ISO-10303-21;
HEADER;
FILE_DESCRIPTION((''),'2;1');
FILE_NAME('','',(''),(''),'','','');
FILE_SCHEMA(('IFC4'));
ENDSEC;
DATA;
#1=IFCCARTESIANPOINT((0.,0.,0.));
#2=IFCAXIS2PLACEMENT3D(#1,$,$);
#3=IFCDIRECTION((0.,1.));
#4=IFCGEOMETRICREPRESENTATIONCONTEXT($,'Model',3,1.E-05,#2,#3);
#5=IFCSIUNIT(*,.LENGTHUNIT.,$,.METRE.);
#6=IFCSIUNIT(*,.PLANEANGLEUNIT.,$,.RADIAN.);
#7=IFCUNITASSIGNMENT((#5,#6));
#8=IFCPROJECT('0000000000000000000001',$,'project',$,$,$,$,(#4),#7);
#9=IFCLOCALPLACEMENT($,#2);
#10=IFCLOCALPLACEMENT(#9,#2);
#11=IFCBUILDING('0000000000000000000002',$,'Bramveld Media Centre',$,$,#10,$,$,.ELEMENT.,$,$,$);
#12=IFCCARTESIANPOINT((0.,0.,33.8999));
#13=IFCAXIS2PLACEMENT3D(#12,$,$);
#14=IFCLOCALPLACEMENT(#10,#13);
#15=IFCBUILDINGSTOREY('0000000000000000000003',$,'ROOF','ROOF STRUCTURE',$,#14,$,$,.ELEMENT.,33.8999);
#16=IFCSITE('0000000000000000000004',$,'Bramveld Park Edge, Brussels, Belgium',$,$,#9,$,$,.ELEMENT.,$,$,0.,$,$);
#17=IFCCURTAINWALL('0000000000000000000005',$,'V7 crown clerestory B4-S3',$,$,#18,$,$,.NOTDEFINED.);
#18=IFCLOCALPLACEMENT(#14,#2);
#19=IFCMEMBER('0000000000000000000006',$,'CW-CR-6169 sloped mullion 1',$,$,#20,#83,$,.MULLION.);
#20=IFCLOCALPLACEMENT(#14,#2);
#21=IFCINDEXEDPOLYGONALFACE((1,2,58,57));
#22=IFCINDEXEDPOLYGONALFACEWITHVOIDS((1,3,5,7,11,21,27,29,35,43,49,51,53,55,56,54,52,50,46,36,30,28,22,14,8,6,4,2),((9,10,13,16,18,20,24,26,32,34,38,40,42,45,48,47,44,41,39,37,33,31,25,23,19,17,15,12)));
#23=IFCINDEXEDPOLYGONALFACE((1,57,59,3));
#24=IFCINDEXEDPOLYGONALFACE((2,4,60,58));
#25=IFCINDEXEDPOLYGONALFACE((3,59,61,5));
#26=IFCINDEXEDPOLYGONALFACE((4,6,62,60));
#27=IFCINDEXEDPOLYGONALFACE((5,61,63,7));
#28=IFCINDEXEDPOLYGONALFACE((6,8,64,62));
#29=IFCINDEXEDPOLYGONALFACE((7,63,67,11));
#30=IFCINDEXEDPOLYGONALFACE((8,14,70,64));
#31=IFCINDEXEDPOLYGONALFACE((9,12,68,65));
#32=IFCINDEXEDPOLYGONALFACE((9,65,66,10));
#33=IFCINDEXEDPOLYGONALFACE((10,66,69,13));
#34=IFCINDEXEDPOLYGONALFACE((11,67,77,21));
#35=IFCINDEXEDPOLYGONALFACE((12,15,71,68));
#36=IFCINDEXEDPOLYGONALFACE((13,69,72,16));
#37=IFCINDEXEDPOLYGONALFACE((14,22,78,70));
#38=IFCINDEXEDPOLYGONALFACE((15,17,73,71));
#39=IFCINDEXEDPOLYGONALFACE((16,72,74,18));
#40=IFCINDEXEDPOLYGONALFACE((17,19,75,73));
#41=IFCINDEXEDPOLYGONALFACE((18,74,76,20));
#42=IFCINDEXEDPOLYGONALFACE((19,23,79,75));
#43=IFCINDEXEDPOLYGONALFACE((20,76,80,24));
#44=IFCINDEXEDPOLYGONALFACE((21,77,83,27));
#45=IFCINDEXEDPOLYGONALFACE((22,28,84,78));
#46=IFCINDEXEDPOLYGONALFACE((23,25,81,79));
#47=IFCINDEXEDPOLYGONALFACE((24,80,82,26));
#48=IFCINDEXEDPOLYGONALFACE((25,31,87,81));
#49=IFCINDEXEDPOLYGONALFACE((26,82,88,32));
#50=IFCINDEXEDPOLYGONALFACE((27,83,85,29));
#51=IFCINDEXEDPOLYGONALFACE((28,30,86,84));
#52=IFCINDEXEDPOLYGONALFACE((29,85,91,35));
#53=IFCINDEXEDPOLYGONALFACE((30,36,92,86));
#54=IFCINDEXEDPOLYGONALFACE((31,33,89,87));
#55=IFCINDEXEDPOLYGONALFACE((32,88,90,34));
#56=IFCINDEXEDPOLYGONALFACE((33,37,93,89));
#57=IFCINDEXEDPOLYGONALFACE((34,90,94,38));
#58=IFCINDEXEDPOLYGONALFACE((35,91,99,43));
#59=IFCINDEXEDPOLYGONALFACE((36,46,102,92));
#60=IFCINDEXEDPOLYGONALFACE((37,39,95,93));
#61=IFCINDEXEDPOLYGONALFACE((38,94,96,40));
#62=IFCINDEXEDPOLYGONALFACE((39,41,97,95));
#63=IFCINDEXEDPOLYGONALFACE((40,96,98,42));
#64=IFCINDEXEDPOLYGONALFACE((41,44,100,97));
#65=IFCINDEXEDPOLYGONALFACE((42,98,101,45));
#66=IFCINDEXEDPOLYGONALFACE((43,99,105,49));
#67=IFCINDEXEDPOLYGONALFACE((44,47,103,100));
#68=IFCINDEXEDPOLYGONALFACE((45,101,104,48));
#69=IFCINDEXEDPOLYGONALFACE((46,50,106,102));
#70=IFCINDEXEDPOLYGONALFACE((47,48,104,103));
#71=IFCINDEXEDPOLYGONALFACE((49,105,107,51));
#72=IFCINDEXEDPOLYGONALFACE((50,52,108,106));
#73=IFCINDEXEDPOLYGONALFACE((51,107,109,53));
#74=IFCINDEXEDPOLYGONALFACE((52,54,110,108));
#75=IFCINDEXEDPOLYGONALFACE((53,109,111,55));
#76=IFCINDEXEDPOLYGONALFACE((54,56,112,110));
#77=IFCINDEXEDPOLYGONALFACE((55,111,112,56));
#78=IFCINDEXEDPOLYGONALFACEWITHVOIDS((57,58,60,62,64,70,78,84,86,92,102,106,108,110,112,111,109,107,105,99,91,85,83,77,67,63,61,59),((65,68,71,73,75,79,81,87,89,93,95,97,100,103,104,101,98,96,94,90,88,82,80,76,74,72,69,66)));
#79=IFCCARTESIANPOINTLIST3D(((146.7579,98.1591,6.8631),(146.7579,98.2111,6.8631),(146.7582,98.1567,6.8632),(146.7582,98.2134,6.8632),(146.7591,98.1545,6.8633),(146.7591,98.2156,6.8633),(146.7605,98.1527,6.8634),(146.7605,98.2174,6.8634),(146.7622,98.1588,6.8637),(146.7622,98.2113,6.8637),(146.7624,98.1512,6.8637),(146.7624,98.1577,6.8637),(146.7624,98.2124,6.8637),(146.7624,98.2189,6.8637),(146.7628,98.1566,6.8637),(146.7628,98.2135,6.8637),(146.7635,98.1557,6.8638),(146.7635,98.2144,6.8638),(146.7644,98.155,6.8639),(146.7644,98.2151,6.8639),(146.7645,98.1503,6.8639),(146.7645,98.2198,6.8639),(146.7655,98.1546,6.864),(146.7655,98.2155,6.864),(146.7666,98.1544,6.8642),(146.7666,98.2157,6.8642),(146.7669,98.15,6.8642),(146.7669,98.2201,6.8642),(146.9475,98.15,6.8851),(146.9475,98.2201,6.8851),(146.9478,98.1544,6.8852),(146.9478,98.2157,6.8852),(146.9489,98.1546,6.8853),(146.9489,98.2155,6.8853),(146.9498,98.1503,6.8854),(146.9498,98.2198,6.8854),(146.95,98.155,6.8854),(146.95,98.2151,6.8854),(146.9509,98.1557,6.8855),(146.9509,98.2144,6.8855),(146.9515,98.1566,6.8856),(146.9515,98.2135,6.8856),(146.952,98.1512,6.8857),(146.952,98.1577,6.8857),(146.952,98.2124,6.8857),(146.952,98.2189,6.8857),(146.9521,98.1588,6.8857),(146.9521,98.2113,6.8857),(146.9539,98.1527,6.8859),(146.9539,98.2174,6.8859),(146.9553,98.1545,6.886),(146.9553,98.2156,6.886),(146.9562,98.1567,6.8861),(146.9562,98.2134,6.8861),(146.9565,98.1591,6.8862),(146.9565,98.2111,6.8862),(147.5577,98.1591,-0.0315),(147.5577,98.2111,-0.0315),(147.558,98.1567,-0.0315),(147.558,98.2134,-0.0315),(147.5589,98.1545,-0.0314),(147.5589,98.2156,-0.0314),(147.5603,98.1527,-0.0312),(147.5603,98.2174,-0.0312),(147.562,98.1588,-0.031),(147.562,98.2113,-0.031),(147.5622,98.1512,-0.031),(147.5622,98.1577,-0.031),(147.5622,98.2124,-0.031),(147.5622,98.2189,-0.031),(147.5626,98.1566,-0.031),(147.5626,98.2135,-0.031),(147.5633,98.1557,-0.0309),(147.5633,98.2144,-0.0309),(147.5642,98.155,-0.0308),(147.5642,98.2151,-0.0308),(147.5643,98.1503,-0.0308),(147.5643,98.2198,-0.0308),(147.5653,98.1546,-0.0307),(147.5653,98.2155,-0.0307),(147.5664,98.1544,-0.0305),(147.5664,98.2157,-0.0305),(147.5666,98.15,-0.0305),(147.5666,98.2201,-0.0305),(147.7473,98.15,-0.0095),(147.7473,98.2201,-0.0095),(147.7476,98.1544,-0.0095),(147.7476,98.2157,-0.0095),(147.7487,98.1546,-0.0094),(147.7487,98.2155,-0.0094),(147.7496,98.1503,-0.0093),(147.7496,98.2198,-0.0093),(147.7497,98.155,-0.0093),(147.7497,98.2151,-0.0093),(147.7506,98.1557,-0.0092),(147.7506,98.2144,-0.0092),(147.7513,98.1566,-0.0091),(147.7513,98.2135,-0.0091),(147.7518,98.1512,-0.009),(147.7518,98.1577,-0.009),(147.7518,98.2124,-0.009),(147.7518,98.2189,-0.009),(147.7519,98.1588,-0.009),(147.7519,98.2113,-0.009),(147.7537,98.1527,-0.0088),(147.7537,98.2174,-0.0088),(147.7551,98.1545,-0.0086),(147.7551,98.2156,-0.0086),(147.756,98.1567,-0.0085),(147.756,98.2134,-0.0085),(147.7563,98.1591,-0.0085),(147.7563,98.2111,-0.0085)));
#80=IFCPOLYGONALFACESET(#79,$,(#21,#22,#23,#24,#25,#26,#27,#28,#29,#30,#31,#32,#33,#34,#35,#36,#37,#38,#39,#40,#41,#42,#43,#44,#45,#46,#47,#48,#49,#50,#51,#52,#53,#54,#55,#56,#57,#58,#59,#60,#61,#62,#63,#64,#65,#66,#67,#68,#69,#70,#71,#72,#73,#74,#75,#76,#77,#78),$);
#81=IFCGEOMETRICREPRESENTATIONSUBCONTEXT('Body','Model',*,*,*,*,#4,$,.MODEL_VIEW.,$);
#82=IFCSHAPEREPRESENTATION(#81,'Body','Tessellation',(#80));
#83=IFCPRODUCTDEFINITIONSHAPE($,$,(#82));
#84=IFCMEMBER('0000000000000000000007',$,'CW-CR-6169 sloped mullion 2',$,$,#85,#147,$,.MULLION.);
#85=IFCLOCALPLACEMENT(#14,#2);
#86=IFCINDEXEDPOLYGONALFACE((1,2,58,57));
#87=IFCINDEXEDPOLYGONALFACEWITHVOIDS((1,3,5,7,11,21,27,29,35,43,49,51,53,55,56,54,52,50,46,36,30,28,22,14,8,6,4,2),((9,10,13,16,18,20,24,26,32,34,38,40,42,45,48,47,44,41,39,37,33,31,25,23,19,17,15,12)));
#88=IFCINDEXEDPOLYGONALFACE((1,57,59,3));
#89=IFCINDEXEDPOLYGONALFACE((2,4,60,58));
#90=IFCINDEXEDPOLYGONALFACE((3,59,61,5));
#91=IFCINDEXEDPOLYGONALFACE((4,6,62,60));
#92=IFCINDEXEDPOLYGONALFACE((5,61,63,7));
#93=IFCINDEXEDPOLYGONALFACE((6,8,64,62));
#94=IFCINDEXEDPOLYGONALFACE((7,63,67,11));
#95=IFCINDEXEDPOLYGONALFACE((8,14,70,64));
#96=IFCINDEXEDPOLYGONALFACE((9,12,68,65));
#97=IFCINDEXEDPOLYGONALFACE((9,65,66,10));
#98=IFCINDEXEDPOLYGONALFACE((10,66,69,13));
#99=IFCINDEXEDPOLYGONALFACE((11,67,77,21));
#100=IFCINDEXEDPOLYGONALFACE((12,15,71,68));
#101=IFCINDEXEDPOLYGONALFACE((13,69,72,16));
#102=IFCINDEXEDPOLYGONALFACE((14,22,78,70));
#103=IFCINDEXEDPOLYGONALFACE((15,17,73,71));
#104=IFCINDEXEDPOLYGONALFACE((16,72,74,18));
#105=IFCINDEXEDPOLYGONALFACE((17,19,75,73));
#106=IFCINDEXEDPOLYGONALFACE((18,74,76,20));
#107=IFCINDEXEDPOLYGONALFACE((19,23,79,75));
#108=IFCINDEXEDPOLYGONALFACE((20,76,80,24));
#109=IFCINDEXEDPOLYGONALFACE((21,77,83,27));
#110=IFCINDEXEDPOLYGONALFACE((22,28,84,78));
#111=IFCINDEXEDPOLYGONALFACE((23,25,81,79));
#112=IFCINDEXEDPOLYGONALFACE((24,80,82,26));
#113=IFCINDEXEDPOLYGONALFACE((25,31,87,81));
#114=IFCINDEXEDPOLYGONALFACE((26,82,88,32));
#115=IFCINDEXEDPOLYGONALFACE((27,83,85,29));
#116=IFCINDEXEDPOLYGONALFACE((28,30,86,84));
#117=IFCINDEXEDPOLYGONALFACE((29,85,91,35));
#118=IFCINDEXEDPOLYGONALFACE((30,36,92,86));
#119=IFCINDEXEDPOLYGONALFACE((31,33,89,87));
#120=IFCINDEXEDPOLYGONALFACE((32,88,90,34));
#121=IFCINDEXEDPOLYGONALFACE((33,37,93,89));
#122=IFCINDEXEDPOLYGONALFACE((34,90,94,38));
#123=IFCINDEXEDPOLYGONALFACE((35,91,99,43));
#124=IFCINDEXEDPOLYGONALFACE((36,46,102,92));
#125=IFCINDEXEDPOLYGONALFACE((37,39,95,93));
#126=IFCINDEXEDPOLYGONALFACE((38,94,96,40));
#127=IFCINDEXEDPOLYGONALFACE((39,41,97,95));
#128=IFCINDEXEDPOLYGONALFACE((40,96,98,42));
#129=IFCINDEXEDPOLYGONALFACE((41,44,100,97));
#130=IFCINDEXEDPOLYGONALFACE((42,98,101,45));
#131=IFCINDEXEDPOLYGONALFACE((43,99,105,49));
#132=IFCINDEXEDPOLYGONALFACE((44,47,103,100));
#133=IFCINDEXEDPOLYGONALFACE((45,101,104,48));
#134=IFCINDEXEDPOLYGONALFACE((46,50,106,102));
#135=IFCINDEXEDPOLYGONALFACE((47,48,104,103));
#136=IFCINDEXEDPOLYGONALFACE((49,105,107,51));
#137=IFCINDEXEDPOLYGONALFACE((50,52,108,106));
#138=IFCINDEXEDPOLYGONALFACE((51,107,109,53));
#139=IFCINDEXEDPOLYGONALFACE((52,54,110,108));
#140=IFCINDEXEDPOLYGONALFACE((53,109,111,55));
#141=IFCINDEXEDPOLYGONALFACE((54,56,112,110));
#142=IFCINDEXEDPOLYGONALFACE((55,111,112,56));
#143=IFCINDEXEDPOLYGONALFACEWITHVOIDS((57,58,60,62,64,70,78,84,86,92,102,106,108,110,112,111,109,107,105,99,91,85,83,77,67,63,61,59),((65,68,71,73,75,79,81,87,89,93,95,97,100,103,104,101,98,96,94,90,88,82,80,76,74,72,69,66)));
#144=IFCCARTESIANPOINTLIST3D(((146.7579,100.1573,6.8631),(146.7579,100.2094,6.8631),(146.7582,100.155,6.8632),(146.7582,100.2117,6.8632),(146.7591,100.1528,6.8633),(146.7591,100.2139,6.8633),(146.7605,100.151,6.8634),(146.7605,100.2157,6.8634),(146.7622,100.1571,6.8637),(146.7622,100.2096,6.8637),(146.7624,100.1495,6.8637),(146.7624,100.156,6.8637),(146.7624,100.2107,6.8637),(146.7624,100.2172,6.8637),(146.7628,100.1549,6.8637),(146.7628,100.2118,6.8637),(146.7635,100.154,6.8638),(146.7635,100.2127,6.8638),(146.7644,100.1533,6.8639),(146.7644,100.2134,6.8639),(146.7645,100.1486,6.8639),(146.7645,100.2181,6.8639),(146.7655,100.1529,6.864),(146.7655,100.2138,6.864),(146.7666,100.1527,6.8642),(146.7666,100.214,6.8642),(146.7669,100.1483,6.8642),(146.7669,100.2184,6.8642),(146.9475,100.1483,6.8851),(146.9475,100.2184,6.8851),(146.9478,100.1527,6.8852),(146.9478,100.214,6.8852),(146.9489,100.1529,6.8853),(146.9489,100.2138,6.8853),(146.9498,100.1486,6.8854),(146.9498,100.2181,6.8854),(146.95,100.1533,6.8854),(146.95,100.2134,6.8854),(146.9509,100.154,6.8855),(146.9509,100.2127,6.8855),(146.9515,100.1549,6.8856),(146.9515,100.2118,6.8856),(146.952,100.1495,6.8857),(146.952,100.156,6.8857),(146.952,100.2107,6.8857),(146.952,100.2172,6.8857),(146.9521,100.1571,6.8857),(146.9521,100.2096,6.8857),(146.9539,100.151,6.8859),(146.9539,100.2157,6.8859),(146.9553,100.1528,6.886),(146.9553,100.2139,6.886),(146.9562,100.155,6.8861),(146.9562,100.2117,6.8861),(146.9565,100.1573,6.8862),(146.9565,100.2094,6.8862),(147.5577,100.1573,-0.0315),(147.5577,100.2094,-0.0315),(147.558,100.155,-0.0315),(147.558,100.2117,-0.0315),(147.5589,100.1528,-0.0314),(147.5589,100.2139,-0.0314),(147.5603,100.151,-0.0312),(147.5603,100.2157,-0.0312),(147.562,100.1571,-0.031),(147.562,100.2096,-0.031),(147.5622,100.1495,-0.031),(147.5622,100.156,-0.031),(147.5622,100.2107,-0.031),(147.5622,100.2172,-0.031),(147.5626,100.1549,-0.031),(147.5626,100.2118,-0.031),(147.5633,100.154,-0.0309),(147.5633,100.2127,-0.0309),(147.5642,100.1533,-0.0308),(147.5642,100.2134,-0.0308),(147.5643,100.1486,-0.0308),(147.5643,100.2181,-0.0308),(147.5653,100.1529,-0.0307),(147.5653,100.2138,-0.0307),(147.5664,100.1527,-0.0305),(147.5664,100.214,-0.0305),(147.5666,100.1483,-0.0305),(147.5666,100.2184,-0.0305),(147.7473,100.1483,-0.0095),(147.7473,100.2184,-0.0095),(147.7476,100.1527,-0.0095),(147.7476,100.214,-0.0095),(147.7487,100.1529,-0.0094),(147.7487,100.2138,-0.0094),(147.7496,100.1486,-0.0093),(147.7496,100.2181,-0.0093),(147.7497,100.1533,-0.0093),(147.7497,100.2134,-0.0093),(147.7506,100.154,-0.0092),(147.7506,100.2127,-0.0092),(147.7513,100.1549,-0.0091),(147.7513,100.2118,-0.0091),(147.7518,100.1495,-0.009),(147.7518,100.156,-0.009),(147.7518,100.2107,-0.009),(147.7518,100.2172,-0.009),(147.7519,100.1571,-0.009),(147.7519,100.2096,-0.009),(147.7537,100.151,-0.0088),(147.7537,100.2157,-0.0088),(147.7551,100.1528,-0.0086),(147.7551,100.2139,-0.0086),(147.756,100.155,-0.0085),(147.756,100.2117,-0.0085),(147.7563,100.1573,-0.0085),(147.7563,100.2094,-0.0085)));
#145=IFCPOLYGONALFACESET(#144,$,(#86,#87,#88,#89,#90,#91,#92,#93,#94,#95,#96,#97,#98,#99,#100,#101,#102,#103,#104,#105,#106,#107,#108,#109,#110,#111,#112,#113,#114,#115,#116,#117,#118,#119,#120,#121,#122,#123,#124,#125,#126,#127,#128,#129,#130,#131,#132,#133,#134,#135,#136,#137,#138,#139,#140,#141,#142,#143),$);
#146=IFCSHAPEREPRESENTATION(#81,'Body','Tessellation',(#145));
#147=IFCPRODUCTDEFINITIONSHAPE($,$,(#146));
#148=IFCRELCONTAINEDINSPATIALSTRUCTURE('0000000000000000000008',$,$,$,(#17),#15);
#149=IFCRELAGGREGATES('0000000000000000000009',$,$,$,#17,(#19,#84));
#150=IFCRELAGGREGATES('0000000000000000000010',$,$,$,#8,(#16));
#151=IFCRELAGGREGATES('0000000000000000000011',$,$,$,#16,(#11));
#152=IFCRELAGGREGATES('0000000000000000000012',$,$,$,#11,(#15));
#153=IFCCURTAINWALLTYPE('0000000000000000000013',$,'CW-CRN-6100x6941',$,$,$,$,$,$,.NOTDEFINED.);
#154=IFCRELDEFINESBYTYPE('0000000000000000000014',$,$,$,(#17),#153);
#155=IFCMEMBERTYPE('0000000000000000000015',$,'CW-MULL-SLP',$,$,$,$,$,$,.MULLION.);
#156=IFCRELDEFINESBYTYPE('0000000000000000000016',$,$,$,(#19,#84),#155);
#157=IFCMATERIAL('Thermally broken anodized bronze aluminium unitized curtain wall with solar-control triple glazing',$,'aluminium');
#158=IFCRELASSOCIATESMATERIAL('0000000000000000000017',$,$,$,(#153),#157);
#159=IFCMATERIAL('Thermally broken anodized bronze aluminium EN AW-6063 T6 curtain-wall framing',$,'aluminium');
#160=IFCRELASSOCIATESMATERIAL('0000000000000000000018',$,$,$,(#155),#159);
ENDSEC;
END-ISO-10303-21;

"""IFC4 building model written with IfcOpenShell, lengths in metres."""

from ifc_helpers import new_model, si_unit, direction, frame, origin, origin_2d, place, context, subcontext, project, spatial, hollow_rectangle, extrude, material, material_profile, profile_set, type_object, element, aggregate, save


model = new_model("IFC4")

# Units and contexts
model_context = context("Model", 3, precision=1e-05, world=origin(), true_north=direction((0.0, 1.0)))
body_context = subcontext(model_context, "Body", "Model", "MODEL_VIEW")
ifc_project = project(units=[si_unit("LENGTHUNIT", "METRE"), si_unit("PLANEANGLEUNIT", "RADIAN")], contexts=[model_context])

# Site, building, storey
site_placement = place(None, origin())
site = spatial("IfcSite", under=ifc_project, at=site_placement, Name="Bramveld Park Edge, Brussels, Belgium", CompositionType="ELEMENT", RefElevation=0.0)
building_placement = place(site_placement, origin())
building = spatial("IfcBuilding", under=site, at=building_placement, Name="Bramveld Media Centre", CompositionType="ELEMENT")
storey_placement = place(building_placement, frame((0.0, 0.0, 33.8999)))
storey = spatial("IfcBuildingStorey", under=building, at=storey_placement, Name="ROOF", Description="ROOF STRUCTURE", CompositionType="ELEMENT", Elevation=33.8999)

# Curtain wall, members
ifc_material_1 = material(Name="Thermally broken anodized bronze aluminium unitized curtain wall with solar-control triple glazing", Category="aluminium")
curtain_wall_type = type_object("IfcCurtainWallType", Name="CW-CRN-6100x6941", PredefinedType="NOTDEFINED", material=ifc_material_1)
curtain_wall_1_placement = place(storey_placement, origin())
curtain_wall_1 = element("IfcCurtainWall", 1, at=curtain_wall_1_placement, inside=storey, type_object=curtain_wall_type, Name="V7 crown clerestory B4-S3", PredefinedType="NOTDEFINED")
ifc_material_2 = material(Name="Thermally broken anodized bronze aluminium EN AW-6063 T6 curtain-wall framing", Category="aluminium")
ifc_material_profile_1 = material_profile(ifc_material_2, hollow_rectangle(XDim=0.0701, YDim=0.2, WallThickness=0.0044, InnerFilletRadius=0.0044, OuterFilletRadius=0.009, at=origin_2d()), Name="AL-MULL 70x200")
ifc_profile_set_1 = profile_set([ifc_material_profile_1], Name="Thermally broken anodized bronze aluminium EN AW-6063 T6 curtain-wall framing")
member_type_1 = type_object("IfcMemberType", Name="CW-MULL-SLP", PredefinedType="MULLION", material=ifc_profile_set_1)
member_1_placement = place(storey_placement, frame((147.657, 98.1851, -0.02), z_axis=(-0.115229, 0.0, 0.993339), x_axis=(0.0, -1.0, 0.0)))
member_1 = element("IfcMember", 2, at=member_1_placement, type_object=member_type_1, Name="CW-CR-6169 sloped mullion 1", PredefinedType="MULLION", context=body_context, shape_type="SweptSolid", body=[
    extrude(hollow_rectangle(XDim=0.0701, YDim=0.2, WallThickness=0.0044, InnerFilletRadius=0.0044, OuterFilletRadius=0.009, at=origin_2d()), origin(), (0.0, 0.0, 1.0), 6.9409),
])
member_2_placement = place(storey_placement, frame((147.657, 100.1833, -0.02), z_axis=(-0.115229, 0.0, 0.993339), x_axis=(0.0, -1.0, 0.0)))
member_2 = element("IfcMember", 3, at=member_2_placement, type_object=member_type_1, Name="CW-CR-6169 sloped mullion 2", PredefinedType="MULLION", context=body_context, shape_type="SweptSolid", body=[
    extrude(hollow_rectangle(XDim=0.0701, YDim=0.2, WallThickness=0.0044, InnerFilletRadius=0.0044, OuterFilletRadius=0.009, at=origin_2d()), origin(), (0.0, 0.0, 1.0), 6.9409),
])

aggregate(curtain_wall_1, [member_1, member_2])

save(model, "model.ifc")
